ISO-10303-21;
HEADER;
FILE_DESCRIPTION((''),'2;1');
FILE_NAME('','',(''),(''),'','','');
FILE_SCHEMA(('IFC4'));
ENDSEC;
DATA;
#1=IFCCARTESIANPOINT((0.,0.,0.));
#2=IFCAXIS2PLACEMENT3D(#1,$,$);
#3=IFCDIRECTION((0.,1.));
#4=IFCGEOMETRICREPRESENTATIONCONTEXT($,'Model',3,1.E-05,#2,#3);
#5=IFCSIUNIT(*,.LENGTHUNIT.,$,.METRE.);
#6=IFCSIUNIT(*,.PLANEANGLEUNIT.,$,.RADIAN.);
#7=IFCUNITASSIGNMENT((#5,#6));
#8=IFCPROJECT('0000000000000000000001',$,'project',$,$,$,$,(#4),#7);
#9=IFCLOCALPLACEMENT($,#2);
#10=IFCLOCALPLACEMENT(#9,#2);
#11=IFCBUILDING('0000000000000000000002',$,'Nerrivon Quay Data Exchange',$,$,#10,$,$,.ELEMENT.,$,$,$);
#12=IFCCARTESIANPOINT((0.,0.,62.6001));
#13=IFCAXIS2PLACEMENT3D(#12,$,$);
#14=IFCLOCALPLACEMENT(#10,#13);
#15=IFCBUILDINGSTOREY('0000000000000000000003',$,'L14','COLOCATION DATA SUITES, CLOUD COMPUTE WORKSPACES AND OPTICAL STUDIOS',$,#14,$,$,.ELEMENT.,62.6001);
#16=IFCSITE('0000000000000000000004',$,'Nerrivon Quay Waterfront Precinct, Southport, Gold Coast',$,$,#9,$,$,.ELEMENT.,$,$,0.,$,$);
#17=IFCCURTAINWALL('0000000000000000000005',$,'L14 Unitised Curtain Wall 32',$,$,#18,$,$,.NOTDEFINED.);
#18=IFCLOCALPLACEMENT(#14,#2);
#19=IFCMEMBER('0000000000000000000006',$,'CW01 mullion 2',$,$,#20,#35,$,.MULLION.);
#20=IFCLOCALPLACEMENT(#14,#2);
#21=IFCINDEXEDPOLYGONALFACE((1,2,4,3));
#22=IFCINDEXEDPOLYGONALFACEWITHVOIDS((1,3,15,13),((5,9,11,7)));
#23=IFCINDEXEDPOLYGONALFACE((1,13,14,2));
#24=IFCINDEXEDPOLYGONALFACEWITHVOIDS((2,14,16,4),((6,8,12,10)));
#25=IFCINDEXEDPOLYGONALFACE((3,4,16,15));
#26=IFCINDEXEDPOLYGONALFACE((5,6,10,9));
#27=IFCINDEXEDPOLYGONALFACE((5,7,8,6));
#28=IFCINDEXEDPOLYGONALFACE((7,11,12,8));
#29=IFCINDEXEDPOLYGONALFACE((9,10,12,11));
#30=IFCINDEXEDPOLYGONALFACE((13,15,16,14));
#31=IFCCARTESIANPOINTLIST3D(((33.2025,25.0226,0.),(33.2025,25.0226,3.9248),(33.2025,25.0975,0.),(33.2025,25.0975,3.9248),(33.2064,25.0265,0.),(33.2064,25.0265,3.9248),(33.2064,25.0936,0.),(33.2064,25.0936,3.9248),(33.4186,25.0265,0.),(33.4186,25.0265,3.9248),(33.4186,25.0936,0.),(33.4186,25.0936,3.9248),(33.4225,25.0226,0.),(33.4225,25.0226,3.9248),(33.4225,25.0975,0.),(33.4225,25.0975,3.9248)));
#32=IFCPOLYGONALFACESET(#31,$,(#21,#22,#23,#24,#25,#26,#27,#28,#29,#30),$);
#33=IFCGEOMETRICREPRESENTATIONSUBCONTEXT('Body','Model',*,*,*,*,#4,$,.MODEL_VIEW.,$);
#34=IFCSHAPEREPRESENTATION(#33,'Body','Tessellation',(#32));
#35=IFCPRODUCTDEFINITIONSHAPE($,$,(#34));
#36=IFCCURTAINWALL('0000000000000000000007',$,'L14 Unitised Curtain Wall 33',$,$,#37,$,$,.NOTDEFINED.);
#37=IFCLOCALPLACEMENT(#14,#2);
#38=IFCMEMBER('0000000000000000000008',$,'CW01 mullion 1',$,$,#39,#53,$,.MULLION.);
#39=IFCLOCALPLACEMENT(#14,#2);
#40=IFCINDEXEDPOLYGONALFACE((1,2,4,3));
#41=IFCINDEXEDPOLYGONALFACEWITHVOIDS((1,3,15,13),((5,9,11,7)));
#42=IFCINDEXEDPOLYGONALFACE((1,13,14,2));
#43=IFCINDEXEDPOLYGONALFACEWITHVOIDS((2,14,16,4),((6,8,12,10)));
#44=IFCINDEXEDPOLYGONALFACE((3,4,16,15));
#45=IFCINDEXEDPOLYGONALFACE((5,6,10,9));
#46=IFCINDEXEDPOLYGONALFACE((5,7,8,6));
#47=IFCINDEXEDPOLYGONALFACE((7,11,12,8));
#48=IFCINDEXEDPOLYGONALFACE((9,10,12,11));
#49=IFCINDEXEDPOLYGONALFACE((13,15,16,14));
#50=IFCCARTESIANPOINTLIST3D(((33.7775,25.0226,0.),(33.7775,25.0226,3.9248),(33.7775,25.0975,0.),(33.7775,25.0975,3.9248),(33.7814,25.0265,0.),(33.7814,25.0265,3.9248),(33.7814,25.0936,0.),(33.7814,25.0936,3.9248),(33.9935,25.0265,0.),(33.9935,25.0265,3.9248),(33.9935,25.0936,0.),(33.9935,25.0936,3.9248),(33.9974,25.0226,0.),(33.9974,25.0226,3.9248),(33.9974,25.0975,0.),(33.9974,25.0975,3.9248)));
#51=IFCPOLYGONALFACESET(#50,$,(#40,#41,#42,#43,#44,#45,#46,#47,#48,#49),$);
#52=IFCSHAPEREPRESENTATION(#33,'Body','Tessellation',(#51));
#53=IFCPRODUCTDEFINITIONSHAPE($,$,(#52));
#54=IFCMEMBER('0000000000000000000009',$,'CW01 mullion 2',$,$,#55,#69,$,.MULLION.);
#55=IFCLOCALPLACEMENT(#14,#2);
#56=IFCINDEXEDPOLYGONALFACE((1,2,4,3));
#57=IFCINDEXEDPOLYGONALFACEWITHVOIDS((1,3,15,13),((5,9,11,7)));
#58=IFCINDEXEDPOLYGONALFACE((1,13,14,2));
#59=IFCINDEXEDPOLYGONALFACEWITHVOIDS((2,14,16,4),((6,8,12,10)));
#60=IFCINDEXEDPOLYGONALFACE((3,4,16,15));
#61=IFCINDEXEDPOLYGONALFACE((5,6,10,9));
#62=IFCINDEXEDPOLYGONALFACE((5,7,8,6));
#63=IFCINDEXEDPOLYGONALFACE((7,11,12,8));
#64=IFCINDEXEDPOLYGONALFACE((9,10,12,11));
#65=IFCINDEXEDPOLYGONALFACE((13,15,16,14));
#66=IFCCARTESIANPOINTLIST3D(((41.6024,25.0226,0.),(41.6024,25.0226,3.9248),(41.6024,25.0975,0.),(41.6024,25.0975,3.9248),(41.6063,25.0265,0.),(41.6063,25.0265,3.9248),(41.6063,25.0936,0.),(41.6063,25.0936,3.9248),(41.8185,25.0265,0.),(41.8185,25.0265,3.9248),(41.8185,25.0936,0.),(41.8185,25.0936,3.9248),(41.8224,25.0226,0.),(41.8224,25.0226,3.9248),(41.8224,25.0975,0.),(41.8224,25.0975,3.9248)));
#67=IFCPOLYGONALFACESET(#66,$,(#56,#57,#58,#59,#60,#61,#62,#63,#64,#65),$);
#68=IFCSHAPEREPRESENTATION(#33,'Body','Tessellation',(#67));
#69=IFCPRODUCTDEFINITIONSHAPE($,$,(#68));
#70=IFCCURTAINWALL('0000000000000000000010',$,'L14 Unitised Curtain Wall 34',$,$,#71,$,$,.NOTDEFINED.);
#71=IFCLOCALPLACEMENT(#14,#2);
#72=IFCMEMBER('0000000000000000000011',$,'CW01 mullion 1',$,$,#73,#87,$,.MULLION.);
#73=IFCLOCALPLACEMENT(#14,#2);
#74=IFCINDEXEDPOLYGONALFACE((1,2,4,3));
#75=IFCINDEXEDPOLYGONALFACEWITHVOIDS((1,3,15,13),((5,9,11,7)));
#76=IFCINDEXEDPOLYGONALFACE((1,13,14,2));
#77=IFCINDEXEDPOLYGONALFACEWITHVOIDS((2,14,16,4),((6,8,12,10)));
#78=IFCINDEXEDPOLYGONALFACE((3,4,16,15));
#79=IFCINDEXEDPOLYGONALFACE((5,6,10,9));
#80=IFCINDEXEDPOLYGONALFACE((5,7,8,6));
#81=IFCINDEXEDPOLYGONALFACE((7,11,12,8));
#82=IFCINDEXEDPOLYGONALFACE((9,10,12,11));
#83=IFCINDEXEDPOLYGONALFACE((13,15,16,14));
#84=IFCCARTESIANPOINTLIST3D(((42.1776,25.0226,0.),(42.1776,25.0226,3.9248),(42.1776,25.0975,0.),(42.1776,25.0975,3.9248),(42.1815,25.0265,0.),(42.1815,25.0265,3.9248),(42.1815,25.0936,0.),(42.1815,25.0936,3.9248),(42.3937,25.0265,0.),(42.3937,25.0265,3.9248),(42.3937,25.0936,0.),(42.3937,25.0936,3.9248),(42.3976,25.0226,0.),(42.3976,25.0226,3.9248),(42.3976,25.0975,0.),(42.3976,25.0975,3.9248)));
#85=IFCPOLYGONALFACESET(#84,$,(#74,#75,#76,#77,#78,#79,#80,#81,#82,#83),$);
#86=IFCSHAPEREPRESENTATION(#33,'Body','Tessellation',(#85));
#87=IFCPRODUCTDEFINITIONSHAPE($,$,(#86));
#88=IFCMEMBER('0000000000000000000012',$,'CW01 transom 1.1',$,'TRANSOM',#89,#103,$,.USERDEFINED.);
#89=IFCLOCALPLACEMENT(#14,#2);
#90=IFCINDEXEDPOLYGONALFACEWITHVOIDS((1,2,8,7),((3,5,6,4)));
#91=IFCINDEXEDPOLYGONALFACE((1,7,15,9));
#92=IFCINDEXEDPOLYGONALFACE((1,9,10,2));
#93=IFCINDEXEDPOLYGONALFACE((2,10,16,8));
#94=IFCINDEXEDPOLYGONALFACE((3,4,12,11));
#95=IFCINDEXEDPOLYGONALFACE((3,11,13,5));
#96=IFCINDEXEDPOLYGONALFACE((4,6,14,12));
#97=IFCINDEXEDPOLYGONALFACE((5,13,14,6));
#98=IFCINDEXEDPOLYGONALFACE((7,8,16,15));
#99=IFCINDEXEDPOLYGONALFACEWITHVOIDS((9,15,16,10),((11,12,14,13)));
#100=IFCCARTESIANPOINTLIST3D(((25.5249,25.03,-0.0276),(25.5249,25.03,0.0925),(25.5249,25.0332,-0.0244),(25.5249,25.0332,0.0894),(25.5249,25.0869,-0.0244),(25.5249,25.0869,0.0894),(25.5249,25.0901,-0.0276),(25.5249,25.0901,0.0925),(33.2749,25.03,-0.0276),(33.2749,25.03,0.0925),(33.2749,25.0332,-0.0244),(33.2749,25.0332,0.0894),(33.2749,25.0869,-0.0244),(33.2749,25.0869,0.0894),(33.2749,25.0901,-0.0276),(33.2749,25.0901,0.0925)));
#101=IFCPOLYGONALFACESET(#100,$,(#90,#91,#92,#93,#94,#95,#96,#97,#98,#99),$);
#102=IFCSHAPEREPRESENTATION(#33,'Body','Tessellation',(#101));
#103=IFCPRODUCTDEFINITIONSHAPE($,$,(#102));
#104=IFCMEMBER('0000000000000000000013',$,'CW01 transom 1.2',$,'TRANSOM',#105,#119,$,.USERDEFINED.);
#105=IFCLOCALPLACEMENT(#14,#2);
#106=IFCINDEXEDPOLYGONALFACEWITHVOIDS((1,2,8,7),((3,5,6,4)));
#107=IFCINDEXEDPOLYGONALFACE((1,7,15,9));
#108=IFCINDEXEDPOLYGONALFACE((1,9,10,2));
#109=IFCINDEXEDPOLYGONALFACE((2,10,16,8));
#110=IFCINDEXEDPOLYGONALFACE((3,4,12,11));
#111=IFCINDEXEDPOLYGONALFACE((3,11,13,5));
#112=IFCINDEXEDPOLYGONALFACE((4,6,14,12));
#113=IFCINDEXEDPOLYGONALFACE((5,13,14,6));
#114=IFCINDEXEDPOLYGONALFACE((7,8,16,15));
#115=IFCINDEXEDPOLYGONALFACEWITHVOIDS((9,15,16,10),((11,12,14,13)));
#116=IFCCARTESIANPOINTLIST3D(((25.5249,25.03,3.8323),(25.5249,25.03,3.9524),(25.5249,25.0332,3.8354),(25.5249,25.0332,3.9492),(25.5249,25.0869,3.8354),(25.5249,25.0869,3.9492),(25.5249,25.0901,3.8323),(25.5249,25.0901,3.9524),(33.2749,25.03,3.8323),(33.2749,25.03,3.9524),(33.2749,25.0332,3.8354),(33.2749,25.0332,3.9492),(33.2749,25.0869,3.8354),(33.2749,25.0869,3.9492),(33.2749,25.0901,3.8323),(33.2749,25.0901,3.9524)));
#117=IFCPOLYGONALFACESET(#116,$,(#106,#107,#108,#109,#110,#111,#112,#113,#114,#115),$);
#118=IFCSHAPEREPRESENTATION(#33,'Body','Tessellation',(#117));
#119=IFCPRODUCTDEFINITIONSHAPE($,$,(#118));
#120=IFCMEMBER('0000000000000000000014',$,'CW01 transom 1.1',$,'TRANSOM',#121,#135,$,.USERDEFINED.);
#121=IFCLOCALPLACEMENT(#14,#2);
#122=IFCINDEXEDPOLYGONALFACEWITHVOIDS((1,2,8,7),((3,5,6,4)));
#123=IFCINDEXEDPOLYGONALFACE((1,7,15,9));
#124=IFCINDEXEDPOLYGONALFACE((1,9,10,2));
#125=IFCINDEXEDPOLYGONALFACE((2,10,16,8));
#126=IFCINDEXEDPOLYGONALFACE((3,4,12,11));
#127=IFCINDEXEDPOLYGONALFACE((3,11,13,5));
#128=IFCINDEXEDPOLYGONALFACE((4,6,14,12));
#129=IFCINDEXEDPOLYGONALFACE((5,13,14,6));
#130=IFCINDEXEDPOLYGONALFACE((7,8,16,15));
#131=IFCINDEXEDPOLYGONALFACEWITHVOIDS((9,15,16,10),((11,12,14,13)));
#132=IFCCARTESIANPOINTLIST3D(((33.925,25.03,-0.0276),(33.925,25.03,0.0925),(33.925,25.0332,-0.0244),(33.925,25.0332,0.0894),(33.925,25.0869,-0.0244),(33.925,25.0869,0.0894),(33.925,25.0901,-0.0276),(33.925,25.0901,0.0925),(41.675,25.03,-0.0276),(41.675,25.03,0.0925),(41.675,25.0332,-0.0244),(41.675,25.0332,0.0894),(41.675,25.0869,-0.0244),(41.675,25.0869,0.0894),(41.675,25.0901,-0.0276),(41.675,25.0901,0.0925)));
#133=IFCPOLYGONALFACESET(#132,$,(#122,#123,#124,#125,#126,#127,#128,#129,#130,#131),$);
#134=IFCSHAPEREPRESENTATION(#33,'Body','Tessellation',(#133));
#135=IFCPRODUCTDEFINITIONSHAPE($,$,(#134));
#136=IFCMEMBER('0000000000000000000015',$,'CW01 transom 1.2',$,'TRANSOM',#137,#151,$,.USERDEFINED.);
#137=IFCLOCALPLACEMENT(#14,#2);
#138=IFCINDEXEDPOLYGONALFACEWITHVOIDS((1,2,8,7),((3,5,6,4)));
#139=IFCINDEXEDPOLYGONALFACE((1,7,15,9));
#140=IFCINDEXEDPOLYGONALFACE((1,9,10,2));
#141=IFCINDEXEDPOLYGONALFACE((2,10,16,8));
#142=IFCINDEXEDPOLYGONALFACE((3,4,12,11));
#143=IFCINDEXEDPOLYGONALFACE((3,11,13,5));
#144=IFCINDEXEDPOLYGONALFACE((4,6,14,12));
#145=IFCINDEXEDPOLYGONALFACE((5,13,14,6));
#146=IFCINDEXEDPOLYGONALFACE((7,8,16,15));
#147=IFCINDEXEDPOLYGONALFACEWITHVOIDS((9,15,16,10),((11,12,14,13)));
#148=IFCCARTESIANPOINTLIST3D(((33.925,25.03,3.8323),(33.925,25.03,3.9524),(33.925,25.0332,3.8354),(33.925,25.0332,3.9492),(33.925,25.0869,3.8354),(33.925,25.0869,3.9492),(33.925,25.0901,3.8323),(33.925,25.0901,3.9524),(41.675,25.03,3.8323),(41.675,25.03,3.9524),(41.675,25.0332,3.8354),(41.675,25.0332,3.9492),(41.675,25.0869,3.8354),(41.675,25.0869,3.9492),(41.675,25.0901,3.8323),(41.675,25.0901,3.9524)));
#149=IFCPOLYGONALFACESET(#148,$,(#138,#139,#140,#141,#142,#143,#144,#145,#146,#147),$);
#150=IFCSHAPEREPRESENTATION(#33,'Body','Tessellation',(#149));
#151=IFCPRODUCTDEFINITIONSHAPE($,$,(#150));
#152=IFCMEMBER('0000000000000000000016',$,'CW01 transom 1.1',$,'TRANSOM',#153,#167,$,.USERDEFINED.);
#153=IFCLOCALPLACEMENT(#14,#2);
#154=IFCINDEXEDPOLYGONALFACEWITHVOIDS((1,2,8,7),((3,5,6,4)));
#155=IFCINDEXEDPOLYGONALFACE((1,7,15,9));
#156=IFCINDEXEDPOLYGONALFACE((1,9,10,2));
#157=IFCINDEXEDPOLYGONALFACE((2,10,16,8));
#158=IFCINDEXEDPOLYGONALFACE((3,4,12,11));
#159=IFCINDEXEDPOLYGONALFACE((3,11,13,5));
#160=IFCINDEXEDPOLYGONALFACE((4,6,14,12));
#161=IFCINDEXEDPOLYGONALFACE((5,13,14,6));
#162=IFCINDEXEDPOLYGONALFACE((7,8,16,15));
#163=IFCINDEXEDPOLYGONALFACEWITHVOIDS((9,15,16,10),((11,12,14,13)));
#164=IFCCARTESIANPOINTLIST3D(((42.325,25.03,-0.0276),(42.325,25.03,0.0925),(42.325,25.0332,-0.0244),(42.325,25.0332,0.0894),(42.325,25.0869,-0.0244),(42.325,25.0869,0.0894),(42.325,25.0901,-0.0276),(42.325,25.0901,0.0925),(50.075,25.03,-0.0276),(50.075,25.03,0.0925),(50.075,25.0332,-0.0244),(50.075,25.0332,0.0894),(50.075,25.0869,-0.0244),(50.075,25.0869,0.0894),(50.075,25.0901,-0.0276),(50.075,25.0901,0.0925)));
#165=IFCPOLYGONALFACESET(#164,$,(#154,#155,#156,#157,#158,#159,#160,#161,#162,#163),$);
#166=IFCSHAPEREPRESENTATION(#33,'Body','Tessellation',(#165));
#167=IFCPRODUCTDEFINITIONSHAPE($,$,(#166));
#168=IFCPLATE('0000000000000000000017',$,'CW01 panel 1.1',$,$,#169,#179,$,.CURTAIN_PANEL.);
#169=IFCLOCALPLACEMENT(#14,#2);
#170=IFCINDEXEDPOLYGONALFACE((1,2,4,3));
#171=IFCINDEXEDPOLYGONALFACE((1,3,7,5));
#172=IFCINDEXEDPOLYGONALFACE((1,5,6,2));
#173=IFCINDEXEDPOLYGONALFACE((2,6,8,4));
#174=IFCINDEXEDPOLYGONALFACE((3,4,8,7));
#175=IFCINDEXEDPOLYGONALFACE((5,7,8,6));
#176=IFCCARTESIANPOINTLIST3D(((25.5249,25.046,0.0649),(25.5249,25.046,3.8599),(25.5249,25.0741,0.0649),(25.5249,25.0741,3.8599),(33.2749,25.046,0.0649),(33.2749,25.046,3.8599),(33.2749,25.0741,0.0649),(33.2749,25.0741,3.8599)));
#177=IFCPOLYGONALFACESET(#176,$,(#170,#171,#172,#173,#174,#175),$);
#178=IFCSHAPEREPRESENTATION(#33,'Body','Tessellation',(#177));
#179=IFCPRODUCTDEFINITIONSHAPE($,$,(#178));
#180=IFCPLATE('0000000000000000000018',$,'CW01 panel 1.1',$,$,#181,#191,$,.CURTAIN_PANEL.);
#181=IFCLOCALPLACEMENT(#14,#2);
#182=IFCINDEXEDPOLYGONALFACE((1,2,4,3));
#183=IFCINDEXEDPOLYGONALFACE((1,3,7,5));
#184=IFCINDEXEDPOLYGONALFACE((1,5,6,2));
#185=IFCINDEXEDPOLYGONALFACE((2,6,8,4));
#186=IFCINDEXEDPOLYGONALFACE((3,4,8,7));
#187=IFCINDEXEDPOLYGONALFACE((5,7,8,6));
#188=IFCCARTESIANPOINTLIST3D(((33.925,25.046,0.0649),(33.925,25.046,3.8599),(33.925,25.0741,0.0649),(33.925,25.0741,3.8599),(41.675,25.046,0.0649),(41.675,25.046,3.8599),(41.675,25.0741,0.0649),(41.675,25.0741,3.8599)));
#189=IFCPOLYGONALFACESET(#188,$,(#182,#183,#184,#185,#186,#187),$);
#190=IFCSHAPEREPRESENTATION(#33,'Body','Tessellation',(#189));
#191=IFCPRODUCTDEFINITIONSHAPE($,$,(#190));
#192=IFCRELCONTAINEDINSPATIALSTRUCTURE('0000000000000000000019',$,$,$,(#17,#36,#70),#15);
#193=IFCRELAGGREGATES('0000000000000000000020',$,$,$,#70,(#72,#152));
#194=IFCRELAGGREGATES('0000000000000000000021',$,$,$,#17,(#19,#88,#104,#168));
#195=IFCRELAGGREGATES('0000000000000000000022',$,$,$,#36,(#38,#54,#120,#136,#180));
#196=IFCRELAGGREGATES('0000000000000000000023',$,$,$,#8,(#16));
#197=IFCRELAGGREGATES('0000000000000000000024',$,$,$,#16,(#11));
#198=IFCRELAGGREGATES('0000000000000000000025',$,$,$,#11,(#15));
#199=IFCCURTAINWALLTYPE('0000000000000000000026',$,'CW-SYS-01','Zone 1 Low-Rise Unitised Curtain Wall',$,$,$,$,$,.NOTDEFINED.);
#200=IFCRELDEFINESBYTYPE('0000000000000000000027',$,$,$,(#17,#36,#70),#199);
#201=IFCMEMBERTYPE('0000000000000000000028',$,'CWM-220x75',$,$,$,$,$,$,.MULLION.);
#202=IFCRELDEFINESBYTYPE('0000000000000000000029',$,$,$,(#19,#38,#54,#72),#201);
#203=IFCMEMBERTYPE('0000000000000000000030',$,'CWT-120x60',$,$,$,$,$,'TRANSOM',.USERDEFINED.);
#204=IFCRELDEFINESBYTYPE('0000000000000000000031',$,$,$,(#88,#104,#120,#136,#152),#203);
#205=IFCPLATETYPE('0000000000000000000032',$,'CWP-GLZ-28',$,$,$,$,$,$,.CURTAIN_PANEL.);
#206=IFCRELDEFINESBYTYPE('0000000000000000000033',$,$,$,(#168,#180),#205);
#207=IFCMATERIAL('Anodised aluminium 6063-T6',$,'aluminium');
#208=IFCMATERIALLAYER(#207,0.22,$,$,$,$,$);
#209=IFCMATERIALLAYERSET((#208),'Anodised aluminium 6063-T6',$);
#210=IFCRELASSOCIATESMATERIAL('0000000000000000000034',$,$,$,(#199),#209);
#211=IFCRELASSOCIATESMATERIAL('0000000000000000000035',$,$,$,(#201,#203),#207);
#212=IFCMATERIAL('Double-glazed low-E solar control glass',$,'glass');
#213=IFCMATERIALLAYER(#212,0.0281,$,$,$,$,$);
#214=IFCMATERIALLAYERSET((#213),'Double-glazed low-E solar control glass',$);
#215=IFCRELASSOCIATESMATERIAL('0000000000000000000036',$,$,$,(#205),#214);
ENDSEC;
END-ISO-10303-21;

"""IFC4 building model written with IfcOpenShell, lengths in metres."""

from ifc_helpers import new_model, si_unit, direction, frame, origin, origin_2d, place, context, subcontext, project, spatial, rectangle, hollow_rectangle, extrude, material, layer, layer_set, material_profile, profile_set, type_object, element, aggregate, save


model = new_model("IFC4")

# Units and contexts
model_context = context("Model", 3, precision=1e-05, world=origin(), true_north=direction((0.0, 1.0)))
body_context = subcontext(model_context, "Body", "Model", "MODEL_VIEW")
ifc_project = project(units=[si_unit("LENGTHUNIT", "METRE"), si_unit("PLANEANGLEUNIT", "RADIAN")], contexts=[model_context])

# Site, building, storey
site_placement = place(None, origin())
site = spatial("IfcSite", under=ifc_project, at=site_placement, Name="Nerrivon Quay Waterfront Precinct, Southport, Gold Coast", CompositionType="ELEMENT", RefElevation=0.0)
building_placement = place(site_placement, origin())
building = spatial("IfcBuilding", under=site, at=building_placement, Name="Nerrivon Quay Data Exchange", CompositionType="ELEMENT")
storey_placement = place(building_placement, frame((0.0, 0.0, 62.6001)))
storey = spatial("IfcBuildingStorey", under=building, at=storey_placement, Name="L14", Description="COLOCATION DATA SUITES, CLOUD COMPUTE WORKSPACES AND OPTICAL STUDIOS", CompositionType="ELEMENT", Elevation=62.6001)

# Curtain wall, member
ifc_material_1 = material(Name="Anodised aluminium 6063-T6", Category="aluminium")
ifc_layer_1 = layer(ifc_material_1, 0.22)
ifc_layer_set_1 = layer_set([ifc_layer_1], Name="Anodised aluminium 6063-T6")
curtain_wall_type = type_object("IfcCurtainWallType", Name="CW-SYS-01", Description="Zone 1 Low-Rise Unitised Curtain Wall", PredefinedType="NOTDEFINED", material=ifc_layer_set_1)
curtain_wall_1_placement = place(storey_placement, origin())
curtain_wall_1 = element("IfcCurtainWall", 1, at=curtain_wall_1_placement, inside=storey, type_object=curtain_wall_type, Name="L14 Unitised Curtain Wall 32", PredefinedType="NOTDEFINED")
ifc_material_profile_1 = material_profile(ifc_material_1, hollow_rectangle(XDim=0.075, YDim=0.22, WallThickness=0.0039, at=origin_2d()), Name="ALU-MULL-220x75")
ifc_profile_set_1 = profile_set([ifc_material_profile_1], Name="Anodised aluminium 6063-T6")
member_type_1 = type_object("IfcMemberType", Name="CWM-220x75", PredefinedType="MULLION", material=ifc_profile_set_1)
member_1_placement = place(storey_placement, frame((33.3125, 25.0601, 0.0), z_axis=(0.0, 0.0, 1.0), x_axis=(0.0, 1.0, 0.0)))
member_1 = element("IfcMember", 2, at=member_1_placement, type_object=member_type_1, Name="CW01 mullion 2", PredefinedType="MULLION", context=body_context, shape_type="SweptSolid", body=[
    extrude(hollow_rectangle(XDim=0.075, YDim=0.22, WallThickness=0.0039, at=origin_2d()), origin(), (0.0, 0.0, 1.0), 3.9248),
])

# Curtain wall, members
curtain_wall_2_placement = place(storey_placement, origin())
curtain_wall_2 = element("IfcCurtainWall", 3, at=curtain_wall_2_placement, inside=storey, type_object=curtain_wall_type, Name="L14 Unitised Curtain Wall 33", PredefinedType="NOTDEFINED")
member_2_placement = place(storey_placement, frame((33.8875, 25.0601, 0.0), z_axis=(0.0, 0.0, 1.0), x_axis=(0.0, 1.0, 0.0)))
member_2 = element("IfcMember", 4, at=member_2_placement, type_object=member_type_1, Name="CW01 mullion 1", PredefinedType="MULLION", context=body_context, shape_type="SweptSolid", body=[
    extrude(hollow_rectangle(XDim=0.075, YDim=0.22, WallThickness=0.0039, at=origin_2d()), origin(), (0.0, 0.0, 1.0), 3.9248),
])
member_3_placement = place(storey_placement, frame((41.7124, 25.0601, 0.0), z_axis=(0.0, 0.0, 1.0), x_axis=(0.0, 1.0, 0.0)))
member_3 = element("IfcMember", 5, at=member_3_placement, type_object=member_type_1, Name="CW01 mullion 2", PredefinedType="MULLION", context=body_context, shape_type="SweptSolid", body=[
    extrude(hollow_rectangle(XDim=0.075, YDim=0.22, WallThickness=0.0039, at=origin_2d()), origin(), (0.0, 0.0, 1.0), 3.9248),
])

# Curtain wall, member
curtain_wall_3_placement = place(storey_placement, origin())
curtain_wall_3 = element("IfcCurtainWall", 6, at=curtain_wall_3_placement, inside=storey, type_object=curtain_wall_type, Name="L14 Unitised Curtain Wall 34", PredefinedType="NOTDEFINED")
member_4_placement = place(storey_placement, frame((42.2876, 25.0601, 0.0), z_axis=(0.0, 0.0, 1.0), x_axis=(0.0, 1.0, 0.0)))
member_4 = element("IfcMember", 7, at=member_4_placement, type_object=member_type_1, Name="CW01 mullion 1", PredefinedType="MULLION", context=body_context, shape_type="SweptSolid", body=[
    extrude(hollow_rectangle(XDim=0.075, YDim=0.22, WallThickness=0.0039, at=origin_2d()), origin(), (0.0, 0.0, 1.0), 3.9248),
])

# Members
ifc_material_profile_2 = material_profile(ifc_material_1, hollow_rectangle(XDim=0.0601, YDim=0.1201, WallThickness=0.0032, at=origin_2d()), Name="ALU-TRAN-120x60")
ifc_profile_set_2 = profile_set([ifc_material_profile_2], Name="Anodised aluminium 6063-T6")
member_type_2 = type_object("IfcMemberType", Name="CWT-120x60", ElementType="TRANSOM", PredefinedType="USERDEFINED", material=ifc_profile_set_2)
member_5_placement = place(storey_placement, frame((25.5249, 25.0601, 0.0325), z_axis=(1.0, 0.0, 0.0), x_axis=(0.0, 1.0, 0.0)))
member_5 = element("IfcMember", 8, at=member_5_placement, type_object=member_type_2, Name="CW01 transom 1.1", ObjectType="TRANSOM", PredefinedType="USERDEFINED", context=body_context, shape_type="SweptSolid", body=[
    extrude(hollow_rectangle(XDim=0.0601, YDim=0.1201, WallThickness=0.0032, at=origin_2d()), origin(), (0.0, 0.0, 1.0), 7.75),
])
member_6_placement = place(storey_placement, frame((25.5249, 25.0601, 3.8923), z_axis=(1.0, 0.0, 0.0), x_axis=(0.0, 1.0, 0.0)))
member_6 = element("IfcMember", 9, at=member_6_placement, type_object=member_type_2, Name="CW01 transom 1.2", ObjectType="TRANSOM", PredefinedType="USERDEFINED", context=body_context, shape_type="SweptSolid", body=[
    extrude(hollow_rectangle(XDim=0.0601, YDim=0.1201, WallThickness=0.0032, at=origin_2d()), origin(), (0.0, 0.0, 1.0), 7.75),
])
member_7_placement = place(storey_placement, frame((33.925, 25.0601, 0.0325), z_axis=(1.0, 0.0, 0.0), x_axis=(0.0, 1.0, 0.0)))
member_7 = element("IfcMember", 10, at=member_7_placement, type_object=member_type_2, Name="CW01 transom 1.1", ObjectType="TRANSOM", PredefinedType="USERDEFINED", context=body_context, shape_type="SweptSolid", body=[
    extrude(hollow_rectangle(XDim=0.0601, YDim=0.1201, WallThickness=0.0032, at=origin_2d()), origin(), (0.0, 0.0, 1.0), 7.75),
])
member_8_placement = place(storey_placement, frame((33.925, 25.0601, 3.8923), z_axis=(1.0, 0.0, 0.0), x_axis=(0.0, 1.0, 0.0)))
member_8 = element("IfcMember", 11, at=member_8_placement, type_object=member_type_2, Name="CW01 transom 1.2", ObjectType="TRANSOM", PredefinedType="USERDEFINED", context=body_context, shape_type="SweptSolid", body=[
    extrude(hollow_rectangle(XDim=0.0601, YDim=0.1201, WallThickness=0.0032, at=origin_2d()), origin(), (0.0, 0.0, 1.0), 7.75),
])
member_9_placement = place(storey_placement, frame((42.325, 25.0601, 0.0325), z_axis=(1.0, 0.0, 0.0), x_axis=(0.0, 1.0, 0.0)))
member_9 = element("IfcMember", 12, at=member_9_placement, type_object=member_type_2, Name="CW01 transom 1.1", ObjectType="TRANSOM", PredefinedType="USERDEFINED", context=body_context, shape_type="SweptSolid", body=[
    extrude(hollow_rectangle(XDim=0.0601, YDim=0.1201, WallThickness=0.0032, at=origin_2d()), origin(), (0.0, 0.0, 1.0), 7.75),
])
aggregate(curtain_wall_3, [member_4, member_9])

# Plates
ifc_material_2 = material(Name="Double-glazed low-E solar control glass", Category="glass")
ifc_layer_2 = layer(ifc_material_2, 0.0281)
ifc_layer_set_2 = layer_set([ifc_layer_2], Name="Double-glazed low-E solar control glass")
plate_type = type_object("IfcPlateType", Name="CWP-GLZ-28", PredefinedType="CURTAIN_PANEL", material=ifc_layer_set_2)
plate_1_placement = place(storey_placement, frame((29.3999, 25.0601, 0.0649), z_axis=(0.0, 0.0, 1.0), x_axis=(1.0, 0.0, 0.0)))
plate_1 = element("IfcPlate", 13, at=plate_1_placement, type_object=plate_type, Name="CW01 panel 1.1", PredefinedType="CURTAIN_PANEL", context=body_context, shape_type="SweptSolid", body=[
    extrude(rectangle(XDim=7.75, YDim=0.0281, at=origin_2d()), origin(), (0.0, 0.0, 1.0), 3.7949),
])
aggregate(curtain_wall_1, [member_1, member_5, member_6, plate_1])
plate_2_placement = place(storey_placement, frame((37.8, 25.0601, 0.0649), z_axis=(0.0, 0.0, 1.0), x_axis=(1.0, 0.0, 0.0)))
plate_2 = element("IfcPlate", 14, at=plate_2_placement, type_object=plate_type, Name="CW01 panel 1.1", PredefinedType="CURTAIN_PANEL", context=body_context, shape_type="SweptSolid", body=[
    extrude(rectangle(XDim=7.75, YDim=0.0281, at=origin_2d()), origin(), (0.0, 0.0, 1.0), 3.7949),
])
aggregate(curtain_wall_2, [member_2, member_3, member_7, member_8, plate_2])

save(model, "model.ifc")
